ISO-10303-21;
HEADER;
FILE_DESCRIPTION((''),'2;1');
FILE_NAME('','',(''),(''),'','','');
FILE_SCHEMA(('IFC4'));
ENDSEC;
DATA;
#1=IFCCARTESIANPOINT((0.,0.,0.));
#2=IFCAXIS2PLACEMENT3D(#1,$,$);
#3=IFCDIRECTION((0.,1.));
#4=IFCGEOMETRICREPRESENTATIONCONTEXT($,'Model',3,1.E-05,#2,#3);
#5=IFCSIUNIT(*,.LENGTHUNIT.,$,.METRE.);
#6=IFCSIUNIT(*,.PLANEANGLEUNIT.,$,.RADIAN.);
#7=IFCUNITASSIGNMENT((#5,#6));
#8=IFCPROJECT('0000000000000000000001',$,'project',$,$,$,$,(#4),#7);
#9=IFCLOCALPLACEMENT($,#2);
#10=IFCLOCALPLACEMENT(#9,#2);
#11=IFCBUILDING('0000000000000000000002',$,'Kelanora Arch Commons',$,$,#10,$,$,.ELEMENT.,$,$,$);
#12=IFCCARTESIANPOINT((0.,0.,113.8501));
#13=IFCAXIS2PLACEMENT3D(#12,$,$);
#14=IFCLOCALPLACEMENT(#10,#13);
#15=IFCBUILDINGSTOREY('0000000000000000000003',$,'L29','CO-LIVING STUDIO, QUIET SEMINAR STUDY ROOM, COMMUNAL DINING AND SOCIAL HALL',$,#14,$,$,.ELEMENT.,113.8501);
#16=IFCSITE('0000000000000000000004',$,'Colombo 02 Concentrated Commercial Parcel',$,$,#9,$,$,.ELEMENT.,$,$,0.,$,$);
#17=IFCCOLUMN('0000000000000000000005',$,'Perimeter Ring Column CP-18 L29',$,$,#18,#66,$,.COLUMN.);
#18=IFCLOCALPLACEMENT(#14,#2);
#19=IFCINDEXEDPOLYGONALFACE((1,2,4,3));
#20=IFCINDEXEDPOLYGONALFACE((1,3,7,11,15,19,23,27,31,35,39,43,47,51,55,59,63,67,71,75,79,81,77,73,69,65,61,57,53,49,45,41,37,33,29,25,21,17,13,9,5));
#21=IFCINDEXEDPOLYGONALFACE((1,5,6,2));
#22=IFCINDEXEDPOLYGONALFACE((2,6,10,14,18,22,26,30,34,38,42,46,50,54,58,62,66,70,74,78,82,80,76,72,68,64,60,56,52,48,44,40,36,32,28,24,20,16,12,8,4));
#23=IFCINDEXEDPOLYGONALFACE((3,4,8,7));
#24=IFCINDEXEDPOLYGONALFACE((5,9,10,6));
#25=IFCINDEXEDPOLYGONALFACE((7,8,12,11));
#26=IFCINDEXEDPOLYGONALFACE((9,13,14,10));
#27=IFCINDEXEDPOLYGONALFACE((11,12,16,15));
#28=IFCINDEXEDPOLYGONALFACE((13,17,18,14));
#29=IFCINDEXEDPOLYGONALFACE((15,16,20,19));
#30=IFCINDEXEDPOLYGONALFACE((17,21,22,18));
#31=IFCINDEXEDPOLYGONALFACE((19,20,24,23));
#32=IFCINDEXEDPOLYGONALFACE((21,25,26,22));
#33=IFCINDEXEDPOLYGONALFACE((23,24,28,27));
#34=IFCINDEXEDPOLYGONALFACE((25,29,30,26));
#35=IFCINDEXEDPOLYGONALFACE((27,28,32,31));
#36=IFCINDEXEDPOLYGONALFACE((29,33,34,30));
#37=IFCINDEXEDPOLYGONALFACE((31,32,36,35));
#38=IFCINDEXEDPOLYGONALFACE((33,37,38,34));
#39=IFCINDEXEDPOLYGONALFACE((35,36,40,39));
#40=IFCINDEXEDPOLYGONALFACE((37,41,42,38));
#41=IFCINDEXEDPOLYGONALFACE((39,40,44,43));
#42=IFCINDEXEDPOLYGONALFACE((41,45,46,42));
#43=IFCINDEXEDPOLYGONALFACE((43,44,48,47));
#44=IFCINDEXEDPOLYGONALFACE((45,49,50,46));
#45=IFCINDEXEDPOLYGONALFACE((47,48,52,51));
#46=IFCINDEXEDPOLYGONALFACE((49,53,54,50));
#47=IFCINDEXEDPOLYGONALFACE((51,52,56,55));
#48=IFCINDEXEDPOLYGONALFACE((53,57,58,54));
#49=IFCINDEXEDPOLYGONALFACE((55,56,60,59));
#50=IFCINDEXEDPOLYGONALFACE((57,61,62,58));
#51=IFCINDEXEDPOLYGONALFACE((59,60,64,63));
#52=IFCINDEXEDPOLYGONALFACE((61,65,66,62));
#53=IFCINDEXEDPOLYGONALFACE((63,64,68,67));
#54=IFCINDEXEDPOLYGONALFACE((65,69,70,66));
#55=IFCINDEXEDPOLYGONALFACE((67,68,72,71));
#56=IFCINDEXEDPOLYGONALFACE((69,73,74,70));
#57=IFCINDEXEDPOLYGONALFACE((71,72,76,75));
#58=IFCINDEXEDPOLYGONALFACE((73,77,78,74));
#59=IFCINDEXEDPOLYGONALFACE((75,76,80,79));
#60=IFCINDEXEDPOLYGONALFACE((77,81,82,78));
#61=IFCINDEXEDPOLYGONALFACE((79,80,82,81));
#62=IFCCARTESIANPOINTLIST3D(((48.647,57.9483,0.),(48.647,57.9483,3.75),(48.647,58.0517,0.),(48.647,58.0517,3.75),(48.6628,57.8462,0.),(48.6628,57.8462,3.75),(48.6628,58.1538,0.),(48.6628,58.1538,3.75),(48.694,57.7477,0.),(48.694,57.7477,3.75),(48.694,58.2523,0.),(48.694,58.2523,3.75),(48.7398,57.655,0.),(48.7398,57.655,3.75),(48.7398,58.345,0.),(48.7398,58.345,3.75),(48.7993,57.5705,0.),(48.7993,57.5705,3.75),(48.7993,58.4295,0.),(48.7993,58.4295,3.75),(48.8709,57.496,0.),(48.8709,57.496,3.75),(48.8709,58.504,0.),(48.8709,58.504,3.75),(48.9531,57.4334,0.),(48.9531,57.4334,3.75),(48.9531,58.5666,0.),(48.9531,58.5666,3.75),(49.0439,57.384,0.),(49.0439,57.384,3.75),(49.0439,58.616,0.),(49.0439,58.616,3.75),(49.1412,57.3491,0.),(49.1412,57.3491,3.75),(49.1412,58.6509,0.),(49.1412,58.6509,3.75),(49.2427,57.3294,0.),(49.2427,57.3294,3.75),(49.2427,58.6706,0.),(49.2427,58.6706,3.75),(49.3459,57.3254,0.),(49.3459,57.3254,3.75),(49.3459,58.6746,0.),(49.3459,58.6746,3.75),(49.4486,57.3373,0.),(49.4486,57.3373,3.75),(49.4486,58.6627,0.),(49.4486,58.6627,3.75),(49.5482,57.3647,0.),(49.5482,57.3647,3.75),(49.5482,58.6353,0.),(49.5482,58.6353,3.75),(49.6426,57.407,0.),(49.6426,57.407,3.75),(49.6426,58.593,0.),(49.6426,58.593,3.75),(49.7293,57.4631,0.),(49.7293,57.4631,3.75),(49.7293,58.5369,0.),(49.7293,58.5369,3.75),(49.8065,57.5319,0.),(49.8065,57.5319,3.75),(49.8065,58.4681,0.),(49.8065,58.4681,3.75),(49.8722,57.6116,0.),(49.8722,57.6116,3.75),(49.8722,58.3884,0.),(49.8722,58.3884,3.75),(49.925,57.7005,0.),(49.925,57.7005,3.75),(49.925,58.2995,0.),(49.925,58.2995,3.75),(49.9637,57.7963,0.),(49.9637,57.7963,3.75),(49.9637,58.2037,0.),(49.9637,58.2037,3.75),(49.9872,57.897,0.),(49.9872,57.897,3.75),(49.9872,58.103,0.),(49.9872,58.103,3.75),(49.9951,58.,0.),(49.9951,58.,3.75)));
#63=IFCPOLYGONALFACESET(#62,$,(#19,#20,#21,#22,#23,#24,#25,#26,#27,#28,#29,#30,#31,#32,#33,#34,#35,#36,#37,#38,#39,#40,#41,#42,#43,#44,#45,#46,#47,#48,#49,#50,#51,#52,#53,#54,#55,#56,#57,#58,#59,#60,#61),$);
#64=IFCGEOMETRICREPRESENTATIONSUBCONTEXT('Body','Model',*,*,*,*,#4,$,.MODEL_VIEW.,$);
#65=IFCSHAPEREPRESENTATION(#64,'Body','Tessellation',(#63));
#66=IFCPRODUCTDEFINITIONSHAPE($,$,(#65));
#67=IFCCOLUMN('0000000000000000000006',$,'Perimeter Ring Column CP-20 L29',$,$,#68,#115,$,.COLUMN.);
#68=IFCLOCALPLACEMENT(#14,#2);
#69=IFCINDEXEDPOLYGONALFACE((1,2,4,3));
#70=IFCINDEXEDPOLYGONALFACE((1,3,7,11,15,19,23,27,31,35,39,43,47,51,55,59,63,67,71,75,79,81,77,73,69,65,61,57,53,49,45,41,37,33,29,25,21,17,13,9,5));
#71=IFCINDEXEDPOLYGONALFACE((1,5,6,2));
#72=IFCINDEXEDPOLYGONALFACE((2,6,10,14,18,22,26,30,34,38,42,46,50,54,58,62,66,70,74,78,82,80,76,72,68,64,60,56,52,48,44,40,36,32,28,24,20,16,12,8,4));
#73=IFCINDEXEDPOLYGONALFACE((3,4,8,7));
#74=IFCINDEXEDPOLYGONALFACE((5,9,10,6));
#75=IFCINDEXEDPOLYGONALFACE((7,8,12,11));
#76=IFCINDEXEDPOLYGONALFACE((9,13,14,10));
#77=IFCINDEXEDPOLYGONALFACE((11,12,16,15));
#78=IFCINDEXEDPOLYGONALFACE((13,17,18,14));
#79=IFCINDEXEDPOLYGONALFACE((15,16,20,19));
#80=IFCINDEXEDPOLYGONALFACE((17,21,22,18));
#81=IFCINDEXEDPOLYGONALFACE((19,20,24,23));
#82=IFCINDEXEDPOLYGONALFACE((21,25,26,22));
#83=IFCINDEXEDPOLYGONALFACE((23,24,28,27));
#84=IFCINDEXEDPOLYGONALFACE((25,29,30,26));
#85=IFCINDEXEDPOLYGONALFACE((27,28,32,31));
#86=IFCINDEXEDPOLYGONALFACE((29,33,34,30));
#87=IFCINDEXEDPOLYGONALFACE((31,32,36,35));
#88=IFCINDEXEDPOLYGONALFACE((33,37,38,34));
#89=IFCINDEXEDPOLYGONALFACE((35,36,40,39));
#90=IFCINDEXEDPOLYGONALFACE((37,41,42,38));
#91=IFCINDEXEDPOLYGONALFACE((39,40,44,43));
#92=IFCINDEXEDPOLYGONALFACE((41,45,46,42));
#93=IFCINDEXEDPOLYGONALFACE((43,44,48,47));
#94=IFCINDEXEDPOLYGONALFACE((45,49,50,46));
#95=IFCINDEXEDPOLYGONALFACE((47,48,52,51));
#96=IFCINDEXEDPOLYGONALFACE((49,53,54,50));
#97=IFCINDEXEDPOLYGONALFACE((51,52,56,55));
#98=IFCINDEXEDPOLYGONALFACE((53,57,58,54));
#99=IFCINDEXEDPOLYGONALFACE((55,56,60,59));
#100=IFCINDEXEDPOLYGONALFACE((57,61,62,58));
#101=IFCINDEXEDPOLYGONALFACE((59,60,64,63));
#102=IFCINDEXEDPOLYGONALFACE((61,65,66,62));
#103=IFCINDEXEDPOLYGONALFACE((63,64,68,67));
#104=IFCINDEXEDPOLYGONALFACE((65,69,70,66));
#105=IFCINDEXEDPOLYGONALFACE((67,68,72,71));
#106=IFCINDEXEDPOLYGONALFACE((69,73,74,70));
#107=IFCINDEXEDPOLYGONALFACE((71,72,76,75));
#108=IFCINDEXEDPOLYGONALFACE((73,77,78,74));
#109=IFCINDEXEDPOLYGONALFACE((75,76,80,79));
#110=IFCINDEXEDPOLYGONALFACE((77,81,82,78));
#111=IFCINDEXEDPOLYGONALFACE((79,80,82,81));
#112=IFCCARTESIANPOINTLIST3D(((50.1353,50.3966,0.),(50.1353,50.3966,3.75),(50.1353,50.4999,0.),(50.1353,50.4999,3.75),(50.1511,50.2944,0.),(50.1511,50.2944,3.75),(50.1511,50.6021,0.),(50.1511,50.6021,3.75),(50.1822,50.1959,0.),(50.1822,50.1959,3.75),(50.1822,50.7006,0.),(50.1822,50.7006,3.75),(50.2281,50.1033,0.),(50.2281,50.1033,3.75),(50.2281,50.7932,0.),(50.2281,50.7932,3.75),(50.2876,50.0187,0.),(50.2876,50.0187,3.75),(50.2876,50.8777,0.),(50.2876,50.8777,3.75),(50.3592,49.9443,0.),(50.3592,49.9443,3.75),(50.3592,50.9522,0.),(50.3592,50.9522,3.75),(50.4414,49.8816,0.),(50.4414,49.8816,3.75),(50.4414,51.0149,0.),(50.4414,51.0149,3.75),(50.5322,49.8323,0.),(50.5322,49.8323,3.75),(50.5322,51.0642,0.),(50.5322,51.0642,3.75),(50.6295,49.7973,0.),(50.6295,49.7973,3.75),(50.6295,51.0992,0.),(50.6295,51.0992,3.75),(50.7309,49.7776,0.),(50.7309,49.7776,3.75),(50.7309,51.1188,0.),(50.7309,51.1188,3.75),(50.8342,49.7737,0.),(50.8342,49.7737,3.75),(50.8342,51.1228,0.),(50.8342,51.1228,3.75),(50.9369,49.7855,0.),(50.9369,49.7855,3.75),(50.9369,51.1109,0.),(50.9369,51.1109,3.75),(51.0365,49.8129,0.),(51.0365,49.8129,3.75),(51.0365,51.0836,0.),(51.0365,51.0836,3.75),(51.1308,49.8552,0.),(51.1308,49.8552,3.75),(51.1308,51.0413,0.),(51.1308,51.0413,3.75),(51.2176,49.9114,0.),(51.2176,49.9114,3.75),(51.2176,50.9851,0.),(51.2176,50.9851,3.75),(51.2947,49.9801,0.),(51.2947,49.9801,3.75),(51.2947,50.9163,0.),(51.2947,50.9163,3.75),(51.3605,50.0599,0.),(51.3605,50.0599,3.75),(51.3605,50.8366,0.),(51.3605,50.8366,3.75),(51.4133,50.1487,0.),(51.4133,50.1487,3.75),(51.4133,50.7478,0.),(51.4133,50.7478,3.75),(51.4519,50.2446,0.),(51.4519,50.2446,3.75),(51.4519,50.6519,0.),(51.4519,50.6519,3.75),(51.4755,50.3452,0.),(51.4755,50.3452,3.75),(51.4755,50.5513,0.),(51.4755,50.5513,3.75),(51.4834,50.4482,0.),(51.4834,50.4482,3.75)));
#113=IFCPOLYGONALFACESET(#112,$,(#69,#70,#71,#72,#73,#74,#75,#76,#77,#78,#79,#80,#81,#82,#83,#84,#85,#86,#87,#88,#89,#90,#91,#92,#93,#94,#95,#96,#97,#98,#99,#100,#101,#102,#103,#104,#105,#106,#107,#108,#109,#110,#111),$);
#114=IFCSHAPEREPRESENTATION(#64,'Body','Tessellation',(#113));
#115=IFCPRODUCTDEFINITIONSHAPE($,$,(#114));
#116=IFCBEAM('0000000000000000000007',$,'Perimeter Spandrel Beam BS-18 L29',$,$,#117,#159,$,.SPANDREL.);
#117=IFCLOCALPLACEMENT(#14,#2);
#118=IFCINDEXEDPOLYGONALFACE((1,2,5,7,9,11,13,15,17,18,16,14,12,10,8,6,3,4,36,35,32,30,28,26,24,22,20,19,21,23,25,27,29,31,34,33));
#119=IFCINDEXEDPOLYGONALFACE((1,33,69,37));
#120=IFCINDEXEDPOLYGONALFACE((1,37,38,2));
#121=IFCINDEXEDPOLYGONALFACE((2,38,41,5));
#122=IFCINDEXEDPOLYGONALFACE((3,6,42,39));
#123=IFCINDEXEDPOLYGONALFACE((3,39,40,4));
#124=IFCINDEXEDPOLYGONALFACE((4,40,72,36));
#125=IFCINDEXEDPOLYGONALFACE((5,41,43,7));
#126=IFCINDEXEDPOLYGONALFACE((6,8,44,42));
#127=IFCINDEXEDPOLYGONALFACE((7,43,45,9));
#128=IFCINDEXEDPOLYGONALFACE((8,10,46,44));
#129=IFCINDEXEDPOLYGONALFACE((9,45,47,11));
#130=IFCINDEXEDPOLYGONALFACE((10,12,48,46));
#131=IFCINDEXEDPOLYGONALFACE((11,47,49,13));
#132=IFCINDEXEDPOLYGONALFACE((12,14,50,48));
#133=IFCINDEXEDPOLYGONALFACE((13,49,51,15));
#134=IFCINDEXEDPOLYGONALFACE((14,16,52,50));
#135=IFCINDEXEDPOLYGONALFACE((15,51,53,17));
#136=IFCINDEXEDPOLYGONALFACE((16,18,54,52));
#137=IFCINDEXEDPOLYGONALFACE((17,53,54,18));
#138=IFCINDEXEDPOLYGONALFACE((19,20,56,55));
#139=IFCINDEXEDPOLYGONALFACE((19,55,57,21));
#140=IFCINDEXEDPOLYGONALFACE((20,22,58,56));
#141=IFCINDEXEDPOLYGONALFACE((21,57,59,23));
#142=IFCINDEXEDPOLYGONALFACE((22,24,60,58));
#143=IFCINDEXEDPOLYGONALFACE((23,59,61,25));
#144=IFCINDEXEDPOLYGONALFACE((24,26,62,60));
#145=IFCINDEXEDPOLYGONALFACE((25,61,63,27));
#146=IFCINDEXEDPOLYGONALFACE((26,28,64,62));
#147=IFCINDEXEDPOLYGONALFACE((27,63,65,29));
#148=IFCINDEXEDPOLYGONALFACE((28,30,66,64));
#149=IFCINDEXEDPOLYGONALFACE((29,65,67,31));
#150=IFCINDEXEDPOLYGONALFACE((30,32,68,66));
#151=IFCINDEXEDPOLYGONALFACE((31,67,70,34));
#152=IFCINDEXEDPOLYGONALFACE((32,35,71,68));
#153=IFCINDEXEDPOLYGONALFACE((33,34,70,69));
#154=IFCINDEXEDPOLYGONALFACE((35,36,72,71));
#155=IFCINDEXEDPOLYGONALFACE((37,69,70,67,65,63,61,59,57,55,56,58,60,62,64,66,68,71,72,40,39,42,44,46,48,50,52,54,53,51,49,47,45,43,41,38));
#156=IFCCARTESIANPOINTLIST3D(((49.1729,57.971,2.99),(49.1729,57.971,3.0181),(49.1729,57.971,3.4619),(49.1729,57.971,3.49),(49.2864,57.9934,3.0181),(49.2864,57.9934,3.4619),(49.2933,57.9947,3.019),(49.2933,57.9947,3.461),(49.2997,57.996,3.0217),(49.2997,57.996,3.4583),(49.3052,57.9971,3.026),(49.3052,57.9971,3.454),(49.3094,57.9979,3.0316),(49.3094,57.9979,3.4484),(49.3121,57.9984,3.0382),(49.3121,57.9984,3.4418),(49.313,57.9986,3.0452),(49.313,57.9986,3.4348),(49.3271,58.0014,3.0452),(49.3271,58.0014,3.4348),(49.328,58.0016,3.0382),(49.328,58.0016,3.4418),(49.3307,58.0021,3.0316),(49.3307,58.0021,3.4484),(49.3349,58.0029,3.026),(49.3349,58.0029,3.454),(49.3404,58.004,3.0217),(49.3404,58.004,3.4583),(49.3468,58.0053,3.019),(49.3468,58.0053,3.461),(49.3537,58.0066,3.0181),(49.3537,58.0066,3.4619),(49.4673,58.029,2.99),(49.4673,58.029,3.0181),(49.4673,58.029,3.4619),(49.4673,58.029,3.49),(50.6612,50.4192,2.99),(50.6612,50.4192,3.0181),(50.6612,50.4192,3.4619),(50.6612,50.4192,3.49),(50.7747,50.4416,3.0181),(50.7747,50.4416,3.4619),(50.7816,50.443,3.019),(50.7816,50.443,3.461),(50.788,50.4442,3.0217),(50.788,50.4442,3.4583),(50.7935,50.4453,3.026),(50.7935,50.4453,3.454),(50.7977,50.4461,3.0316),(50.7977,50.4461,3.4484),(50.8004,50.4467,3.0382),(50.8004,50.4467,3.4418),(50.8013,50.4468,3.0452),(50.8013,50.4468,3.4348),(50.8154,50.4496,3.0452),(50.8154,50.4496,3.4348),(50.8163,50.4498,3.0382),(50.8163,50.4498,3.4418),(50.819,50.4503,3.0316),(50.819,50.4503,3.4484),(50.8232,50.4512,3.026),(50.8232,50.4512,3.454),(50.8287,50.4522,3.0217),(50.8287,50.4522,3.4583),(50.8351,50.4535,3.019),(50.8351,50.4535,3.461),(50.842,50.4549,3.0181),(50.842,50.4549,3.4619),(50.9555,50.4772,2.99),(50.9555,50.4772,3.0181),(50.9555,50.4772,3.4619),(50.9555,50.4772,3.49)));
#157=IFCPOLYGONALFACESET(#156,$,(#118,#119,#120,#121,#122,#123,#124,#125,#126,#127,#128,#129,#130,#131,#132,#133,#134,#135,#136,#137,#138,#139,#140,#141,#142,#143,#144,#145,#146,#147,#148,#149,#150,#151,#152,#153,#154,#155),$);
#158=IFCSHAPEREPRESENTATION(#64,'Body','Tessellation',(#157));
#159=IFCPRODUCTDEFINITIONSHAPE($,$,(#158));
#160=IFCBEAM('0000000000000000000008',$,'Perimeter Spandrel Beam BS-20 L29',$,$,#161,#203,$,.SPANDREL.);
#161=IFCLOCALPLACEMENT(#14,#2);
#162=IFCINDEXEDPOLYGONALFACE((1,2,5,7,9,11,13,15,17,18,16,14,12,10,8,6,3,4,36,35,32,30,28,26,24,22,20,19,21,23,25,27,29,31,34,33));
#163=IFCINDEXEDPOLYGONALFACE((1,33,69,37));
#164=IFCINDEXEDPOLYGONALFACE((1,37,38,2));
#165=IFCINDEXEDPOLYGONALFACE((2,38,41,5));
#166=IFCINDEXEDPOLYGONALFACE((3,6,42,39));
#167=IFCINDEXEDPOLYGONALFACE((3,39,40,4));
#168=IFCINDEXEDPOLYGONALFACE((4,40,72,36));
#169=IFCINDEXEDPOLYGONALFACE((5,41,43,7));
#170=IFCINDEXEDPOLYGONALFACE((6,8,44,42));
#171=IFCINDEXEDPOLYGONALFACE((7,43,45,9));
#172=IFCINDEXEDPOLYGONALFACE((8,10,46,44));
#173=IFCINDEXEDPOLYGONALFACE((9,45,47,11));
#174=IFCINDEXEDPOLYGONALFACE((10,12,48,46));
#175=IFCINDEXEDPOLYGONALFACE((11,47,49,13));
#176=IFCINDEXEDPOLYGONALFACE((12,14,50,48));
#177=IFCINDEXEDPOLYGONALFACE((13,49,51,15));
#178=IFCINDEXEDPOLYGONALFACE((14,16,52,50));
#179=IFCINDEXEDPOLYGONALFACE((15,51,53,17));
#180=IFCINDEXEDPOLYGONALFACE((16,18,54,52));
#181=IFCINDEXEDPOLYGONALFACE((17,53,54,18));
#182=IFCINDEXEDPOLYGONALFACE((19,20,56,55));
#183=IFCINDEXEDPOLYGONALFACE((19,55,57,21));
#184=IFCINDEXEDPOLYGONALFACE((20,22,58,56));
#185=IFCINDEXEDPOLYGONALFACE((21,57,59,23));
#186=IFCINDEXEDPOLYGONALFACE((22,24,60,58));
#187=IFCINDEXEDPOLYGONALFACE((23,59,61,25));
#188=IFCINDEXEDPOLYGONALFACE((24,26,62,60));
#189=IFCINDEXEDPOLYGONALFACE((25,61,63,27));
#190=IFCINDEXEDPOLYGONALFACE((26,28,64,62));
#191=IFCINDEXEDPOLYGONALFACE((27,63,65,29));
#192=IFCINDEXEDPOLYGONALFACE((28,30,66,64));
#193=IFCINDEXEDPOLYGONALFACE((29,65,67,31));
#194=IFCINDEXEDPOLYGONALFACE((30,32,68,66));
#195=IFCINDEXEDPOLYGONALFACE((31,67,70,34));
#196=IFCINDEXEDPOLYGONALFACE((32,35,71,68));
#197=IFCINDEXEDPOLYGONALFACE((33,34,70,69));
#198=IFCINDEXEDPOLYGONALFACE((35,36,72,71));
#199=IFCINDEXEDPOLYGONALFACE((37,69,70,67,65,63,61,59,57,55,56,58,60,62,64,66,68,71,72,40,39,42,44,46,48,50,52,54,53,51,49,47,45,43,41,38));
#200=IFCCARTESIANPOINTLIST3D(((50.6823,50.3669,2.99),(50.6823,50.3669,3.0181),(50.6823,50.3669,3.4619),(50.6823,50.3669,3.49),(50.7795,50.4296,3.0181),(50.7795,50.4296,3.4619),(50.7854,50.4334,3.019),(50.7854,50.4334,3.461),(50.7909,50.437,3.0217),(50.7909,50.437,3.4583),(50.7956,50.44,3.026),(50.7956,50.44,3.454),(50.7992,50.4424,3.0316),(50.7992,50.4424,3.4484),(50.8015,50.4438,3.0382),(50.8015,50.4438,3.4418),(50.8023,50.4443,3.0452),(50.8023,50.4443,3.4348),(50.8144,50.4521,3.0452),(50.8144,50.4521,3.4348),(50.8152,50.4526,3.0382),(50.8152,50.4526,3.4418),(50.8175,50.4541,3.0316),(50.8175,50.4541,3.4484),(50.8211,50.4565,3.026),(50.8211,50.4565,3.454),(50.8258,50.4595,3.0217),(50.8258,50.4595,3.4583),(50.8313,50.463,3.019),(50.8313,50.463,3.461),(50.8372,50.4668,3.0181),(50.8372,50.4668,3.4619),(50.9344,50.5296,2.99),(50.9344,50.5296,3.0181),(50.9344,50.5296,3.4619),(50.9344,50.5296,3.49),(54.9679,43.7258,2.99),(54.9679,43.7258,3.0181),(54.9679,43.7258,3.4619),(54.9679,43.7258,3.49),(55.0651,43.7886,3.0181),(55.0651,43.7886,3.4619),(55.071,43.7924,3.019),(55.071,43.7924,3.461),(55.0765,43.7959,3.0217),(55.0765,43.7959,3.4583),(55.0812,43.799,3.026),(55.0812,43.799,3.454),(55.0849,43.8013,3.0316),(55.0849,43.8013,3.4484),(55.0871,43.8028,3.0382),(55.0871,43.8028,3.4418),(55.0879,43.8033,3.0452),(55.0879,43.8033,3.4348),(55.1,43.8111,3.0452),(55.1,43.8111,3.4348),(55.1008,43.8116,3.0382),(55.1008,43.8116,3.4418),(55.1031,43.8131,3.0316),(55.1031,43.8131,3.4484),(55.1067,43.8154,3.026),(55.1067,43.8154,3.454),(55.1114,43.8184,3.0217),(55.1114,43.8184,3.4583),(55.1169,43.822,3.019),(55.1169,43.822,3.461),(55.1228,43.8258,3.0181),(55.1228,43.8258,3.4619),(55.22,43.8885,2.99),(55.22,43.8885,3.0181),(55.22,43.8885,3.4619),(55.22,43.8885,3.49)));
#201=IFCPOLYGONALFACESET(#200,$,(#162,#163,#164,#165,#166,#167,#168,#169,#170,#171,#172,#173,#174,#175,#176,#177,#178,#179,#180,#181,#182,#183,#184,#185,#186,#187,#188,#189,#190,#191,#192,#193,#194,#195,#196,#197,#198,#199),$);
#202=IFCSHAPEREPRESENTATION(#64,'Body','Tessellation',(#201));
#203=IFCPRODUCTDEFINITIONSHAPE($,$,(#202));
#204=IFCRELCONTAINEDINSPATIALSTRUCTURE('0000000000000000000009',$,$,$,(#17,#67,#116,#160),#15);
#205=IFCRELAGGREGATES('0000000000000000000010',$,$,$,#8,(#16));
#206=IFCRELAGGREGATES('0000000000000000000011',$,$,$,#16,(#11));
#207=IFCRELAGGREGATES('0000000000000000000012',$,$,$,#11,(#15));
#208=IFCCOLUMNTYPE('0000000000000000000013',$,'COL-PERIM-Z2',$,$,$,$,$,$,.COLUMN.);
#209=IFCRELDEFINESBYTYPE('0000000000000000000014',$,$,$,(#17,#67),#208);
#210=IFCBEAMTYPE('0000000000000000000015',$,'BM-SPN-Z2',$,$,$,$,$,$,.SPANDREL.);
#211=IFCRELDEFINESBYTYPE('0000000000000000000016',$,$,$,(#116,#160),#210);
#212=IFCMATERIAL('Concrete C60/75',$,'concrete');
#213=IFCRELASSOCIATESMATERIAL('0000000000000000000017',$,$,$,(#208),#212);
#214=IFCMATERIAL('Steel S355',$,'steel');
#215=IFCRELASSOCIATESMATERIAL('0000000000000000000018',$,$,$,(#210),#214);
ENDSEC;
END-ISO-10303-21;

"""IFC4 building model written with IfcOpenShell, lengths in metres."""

from ifc_helpers import new_model, si_unit, direction, frame, origin, origin_2d, place, context, subcontext, project, spatial, circle, i_section, extrude, material, material_profile, profile_set, type_object, element, save


model = new_model("IFC4")

# Units and contexts
model_context = context("Model", 3, precision=1e-05, world=origin(), true_north=direction((0.0, 1.0)))
body_context = subcontext(model_context, "Body", "Model", "MODEL_VIEW")
ifc_project = project(units=[si_unit("LENGTHUNIT", "METRE"), si_unit("PLANEANGLEUNIT", "RADIAN")], contexts=[model_context])

# Site, building, storey
site_placement = place(None, origin())
site = spatial("IfcSite", under=ifc_project, at=site_placement, Name="Colombo 02 Concentrated Commercial Parcel", CompositionType="ELEMENT", RefElevation=0.0)
building_placement = place(site_placement, origin())
building = spatial("IfcBuilding", under=site, at=building_placement, Name="Kelanora Arch Commons", CompositionType="ELEMENT")
storey_placement = place(building_placement, frame((0.0, 0.0, 113.8501)))
storey = spatial("IfcBuildingStorey", under=building, at=storey_placement, Name="L29", Description="CO-LIVING STUDIO, QUIET SEMINAR STUDY ROOM, COMMUNAL DINING AND SOCIAL HALL", CompositionType="ELEMENT", Elevation=113.8501)

# Columns
ifc_material_1 = material(Name="Concrete C60/75", Category="concrete")
ifc_material_profile_1 = material_profile(ifc_material_1, circle(Radius=0.675, at=origin_2d()), Name="RCC1350")
ifc_profile_set_1 = profile_set([ifc_material_profile_1], Name="Concrete C60/75")
column_type = type_object("IfcColumnType", Name="COL-PERIM-Z2", PredefinedType="COLUMN", material=ifc_profile_set_1)
for number, where, z_axis, x_axis, name in (
    (1, (49.3201, 58.0, 0.0), (0.0, 0.0, 1.0), (1.0, 0.0, 0.0), "Perimeter Ring Column CP-18 L29"),
    (2, (50.8083, 50.4482, 0.0), (0.0, 0.0, 1.0), (1.0, 0.0, 0.0), "Perimeter Ring Column CP-20 L29"),
):
    element("IfcColumn", number, at=place(storey_placement, frame(where, z_axis=z_axis, x_axis=x_axis)), inside=storey, type_object=column_type, Name=name, PredefinedType="COLUMN", context=body_context, shape_type="SweptSolid", body=[
        extrude(circle(Radius=0.675, at=origin_2d()), origin(), (0.0, 0.0, 1.0), 3.75),
    ])

# Beams
ifc_material_2 = material(Name="Steel S355", Category="steel")
ifc_material_profile_2 = material_profile(ifc_material_2, i_section(OverallWidth=0.3, OverallDepth=0.5, WebThickness=0.0144, FlangeThickness=0.0281, FilletRadius=0.0271, at=origin_2d()), Name="HEB500")
ifc_profile_set_2 = profile_set([ifc_material_profile_2], Name="Steel S355")
beam_type = type_object("IfcBeamType", Name="BM-SPN-Z2", PredefinedType="SPANDREL", material=ifc_profile_set_2)
beam_1_placement = place(storey_placement, frame((49.3201, 58.0, 3.24), z_axis=(0.193358, -0.981128, 0.0), x_axis=(0.981128, 0.193358, 0.0)))
element("IfcBeam", 3, at=beam_1_placement, inside=storey, type_object=beam_type, Name="Perimeter Spandrel Beam BS-18 L29", PredefinedType="SPANDREL", context=body_context, shape_type="SweptSolid", body=[
    extrude(i_section(OverallWidth=0.3, OverallDepth=0.5, WebThickness=0.0144, FlangeThickness=0.0281, FilletRadius=0.0271, at=origin_2d()), origin(), (0.0, 0.0, 1.0), 7.697),
])
beam_2_placement = place(storey_placement, frame((50.8083, 50.4482, 3.24), z_axis=(0.542221, -0.840236, 0.0), x_axis=(0.840236, 0.542221, 0.0)))
element("IfcBeam", 4, at=beam_2_placement, inside=storey, type_object=beam_type, Name="Perimeter Spandrel Beam BS-20 L29", PredefinedType="SPANDREL", context=body_context, shape_type="SweptSolid", body=[
    extrude(i_section(OverallWidth=0.3, OverallDepth=0.5, WebThickness=0.0144, FlangeThickness=0.0281, FilletRadius=0.0271, at=origin_2d()), origin(), (0.0, 0.0, 1.0), 7.9038),
])

save(model, "model.ifc")
